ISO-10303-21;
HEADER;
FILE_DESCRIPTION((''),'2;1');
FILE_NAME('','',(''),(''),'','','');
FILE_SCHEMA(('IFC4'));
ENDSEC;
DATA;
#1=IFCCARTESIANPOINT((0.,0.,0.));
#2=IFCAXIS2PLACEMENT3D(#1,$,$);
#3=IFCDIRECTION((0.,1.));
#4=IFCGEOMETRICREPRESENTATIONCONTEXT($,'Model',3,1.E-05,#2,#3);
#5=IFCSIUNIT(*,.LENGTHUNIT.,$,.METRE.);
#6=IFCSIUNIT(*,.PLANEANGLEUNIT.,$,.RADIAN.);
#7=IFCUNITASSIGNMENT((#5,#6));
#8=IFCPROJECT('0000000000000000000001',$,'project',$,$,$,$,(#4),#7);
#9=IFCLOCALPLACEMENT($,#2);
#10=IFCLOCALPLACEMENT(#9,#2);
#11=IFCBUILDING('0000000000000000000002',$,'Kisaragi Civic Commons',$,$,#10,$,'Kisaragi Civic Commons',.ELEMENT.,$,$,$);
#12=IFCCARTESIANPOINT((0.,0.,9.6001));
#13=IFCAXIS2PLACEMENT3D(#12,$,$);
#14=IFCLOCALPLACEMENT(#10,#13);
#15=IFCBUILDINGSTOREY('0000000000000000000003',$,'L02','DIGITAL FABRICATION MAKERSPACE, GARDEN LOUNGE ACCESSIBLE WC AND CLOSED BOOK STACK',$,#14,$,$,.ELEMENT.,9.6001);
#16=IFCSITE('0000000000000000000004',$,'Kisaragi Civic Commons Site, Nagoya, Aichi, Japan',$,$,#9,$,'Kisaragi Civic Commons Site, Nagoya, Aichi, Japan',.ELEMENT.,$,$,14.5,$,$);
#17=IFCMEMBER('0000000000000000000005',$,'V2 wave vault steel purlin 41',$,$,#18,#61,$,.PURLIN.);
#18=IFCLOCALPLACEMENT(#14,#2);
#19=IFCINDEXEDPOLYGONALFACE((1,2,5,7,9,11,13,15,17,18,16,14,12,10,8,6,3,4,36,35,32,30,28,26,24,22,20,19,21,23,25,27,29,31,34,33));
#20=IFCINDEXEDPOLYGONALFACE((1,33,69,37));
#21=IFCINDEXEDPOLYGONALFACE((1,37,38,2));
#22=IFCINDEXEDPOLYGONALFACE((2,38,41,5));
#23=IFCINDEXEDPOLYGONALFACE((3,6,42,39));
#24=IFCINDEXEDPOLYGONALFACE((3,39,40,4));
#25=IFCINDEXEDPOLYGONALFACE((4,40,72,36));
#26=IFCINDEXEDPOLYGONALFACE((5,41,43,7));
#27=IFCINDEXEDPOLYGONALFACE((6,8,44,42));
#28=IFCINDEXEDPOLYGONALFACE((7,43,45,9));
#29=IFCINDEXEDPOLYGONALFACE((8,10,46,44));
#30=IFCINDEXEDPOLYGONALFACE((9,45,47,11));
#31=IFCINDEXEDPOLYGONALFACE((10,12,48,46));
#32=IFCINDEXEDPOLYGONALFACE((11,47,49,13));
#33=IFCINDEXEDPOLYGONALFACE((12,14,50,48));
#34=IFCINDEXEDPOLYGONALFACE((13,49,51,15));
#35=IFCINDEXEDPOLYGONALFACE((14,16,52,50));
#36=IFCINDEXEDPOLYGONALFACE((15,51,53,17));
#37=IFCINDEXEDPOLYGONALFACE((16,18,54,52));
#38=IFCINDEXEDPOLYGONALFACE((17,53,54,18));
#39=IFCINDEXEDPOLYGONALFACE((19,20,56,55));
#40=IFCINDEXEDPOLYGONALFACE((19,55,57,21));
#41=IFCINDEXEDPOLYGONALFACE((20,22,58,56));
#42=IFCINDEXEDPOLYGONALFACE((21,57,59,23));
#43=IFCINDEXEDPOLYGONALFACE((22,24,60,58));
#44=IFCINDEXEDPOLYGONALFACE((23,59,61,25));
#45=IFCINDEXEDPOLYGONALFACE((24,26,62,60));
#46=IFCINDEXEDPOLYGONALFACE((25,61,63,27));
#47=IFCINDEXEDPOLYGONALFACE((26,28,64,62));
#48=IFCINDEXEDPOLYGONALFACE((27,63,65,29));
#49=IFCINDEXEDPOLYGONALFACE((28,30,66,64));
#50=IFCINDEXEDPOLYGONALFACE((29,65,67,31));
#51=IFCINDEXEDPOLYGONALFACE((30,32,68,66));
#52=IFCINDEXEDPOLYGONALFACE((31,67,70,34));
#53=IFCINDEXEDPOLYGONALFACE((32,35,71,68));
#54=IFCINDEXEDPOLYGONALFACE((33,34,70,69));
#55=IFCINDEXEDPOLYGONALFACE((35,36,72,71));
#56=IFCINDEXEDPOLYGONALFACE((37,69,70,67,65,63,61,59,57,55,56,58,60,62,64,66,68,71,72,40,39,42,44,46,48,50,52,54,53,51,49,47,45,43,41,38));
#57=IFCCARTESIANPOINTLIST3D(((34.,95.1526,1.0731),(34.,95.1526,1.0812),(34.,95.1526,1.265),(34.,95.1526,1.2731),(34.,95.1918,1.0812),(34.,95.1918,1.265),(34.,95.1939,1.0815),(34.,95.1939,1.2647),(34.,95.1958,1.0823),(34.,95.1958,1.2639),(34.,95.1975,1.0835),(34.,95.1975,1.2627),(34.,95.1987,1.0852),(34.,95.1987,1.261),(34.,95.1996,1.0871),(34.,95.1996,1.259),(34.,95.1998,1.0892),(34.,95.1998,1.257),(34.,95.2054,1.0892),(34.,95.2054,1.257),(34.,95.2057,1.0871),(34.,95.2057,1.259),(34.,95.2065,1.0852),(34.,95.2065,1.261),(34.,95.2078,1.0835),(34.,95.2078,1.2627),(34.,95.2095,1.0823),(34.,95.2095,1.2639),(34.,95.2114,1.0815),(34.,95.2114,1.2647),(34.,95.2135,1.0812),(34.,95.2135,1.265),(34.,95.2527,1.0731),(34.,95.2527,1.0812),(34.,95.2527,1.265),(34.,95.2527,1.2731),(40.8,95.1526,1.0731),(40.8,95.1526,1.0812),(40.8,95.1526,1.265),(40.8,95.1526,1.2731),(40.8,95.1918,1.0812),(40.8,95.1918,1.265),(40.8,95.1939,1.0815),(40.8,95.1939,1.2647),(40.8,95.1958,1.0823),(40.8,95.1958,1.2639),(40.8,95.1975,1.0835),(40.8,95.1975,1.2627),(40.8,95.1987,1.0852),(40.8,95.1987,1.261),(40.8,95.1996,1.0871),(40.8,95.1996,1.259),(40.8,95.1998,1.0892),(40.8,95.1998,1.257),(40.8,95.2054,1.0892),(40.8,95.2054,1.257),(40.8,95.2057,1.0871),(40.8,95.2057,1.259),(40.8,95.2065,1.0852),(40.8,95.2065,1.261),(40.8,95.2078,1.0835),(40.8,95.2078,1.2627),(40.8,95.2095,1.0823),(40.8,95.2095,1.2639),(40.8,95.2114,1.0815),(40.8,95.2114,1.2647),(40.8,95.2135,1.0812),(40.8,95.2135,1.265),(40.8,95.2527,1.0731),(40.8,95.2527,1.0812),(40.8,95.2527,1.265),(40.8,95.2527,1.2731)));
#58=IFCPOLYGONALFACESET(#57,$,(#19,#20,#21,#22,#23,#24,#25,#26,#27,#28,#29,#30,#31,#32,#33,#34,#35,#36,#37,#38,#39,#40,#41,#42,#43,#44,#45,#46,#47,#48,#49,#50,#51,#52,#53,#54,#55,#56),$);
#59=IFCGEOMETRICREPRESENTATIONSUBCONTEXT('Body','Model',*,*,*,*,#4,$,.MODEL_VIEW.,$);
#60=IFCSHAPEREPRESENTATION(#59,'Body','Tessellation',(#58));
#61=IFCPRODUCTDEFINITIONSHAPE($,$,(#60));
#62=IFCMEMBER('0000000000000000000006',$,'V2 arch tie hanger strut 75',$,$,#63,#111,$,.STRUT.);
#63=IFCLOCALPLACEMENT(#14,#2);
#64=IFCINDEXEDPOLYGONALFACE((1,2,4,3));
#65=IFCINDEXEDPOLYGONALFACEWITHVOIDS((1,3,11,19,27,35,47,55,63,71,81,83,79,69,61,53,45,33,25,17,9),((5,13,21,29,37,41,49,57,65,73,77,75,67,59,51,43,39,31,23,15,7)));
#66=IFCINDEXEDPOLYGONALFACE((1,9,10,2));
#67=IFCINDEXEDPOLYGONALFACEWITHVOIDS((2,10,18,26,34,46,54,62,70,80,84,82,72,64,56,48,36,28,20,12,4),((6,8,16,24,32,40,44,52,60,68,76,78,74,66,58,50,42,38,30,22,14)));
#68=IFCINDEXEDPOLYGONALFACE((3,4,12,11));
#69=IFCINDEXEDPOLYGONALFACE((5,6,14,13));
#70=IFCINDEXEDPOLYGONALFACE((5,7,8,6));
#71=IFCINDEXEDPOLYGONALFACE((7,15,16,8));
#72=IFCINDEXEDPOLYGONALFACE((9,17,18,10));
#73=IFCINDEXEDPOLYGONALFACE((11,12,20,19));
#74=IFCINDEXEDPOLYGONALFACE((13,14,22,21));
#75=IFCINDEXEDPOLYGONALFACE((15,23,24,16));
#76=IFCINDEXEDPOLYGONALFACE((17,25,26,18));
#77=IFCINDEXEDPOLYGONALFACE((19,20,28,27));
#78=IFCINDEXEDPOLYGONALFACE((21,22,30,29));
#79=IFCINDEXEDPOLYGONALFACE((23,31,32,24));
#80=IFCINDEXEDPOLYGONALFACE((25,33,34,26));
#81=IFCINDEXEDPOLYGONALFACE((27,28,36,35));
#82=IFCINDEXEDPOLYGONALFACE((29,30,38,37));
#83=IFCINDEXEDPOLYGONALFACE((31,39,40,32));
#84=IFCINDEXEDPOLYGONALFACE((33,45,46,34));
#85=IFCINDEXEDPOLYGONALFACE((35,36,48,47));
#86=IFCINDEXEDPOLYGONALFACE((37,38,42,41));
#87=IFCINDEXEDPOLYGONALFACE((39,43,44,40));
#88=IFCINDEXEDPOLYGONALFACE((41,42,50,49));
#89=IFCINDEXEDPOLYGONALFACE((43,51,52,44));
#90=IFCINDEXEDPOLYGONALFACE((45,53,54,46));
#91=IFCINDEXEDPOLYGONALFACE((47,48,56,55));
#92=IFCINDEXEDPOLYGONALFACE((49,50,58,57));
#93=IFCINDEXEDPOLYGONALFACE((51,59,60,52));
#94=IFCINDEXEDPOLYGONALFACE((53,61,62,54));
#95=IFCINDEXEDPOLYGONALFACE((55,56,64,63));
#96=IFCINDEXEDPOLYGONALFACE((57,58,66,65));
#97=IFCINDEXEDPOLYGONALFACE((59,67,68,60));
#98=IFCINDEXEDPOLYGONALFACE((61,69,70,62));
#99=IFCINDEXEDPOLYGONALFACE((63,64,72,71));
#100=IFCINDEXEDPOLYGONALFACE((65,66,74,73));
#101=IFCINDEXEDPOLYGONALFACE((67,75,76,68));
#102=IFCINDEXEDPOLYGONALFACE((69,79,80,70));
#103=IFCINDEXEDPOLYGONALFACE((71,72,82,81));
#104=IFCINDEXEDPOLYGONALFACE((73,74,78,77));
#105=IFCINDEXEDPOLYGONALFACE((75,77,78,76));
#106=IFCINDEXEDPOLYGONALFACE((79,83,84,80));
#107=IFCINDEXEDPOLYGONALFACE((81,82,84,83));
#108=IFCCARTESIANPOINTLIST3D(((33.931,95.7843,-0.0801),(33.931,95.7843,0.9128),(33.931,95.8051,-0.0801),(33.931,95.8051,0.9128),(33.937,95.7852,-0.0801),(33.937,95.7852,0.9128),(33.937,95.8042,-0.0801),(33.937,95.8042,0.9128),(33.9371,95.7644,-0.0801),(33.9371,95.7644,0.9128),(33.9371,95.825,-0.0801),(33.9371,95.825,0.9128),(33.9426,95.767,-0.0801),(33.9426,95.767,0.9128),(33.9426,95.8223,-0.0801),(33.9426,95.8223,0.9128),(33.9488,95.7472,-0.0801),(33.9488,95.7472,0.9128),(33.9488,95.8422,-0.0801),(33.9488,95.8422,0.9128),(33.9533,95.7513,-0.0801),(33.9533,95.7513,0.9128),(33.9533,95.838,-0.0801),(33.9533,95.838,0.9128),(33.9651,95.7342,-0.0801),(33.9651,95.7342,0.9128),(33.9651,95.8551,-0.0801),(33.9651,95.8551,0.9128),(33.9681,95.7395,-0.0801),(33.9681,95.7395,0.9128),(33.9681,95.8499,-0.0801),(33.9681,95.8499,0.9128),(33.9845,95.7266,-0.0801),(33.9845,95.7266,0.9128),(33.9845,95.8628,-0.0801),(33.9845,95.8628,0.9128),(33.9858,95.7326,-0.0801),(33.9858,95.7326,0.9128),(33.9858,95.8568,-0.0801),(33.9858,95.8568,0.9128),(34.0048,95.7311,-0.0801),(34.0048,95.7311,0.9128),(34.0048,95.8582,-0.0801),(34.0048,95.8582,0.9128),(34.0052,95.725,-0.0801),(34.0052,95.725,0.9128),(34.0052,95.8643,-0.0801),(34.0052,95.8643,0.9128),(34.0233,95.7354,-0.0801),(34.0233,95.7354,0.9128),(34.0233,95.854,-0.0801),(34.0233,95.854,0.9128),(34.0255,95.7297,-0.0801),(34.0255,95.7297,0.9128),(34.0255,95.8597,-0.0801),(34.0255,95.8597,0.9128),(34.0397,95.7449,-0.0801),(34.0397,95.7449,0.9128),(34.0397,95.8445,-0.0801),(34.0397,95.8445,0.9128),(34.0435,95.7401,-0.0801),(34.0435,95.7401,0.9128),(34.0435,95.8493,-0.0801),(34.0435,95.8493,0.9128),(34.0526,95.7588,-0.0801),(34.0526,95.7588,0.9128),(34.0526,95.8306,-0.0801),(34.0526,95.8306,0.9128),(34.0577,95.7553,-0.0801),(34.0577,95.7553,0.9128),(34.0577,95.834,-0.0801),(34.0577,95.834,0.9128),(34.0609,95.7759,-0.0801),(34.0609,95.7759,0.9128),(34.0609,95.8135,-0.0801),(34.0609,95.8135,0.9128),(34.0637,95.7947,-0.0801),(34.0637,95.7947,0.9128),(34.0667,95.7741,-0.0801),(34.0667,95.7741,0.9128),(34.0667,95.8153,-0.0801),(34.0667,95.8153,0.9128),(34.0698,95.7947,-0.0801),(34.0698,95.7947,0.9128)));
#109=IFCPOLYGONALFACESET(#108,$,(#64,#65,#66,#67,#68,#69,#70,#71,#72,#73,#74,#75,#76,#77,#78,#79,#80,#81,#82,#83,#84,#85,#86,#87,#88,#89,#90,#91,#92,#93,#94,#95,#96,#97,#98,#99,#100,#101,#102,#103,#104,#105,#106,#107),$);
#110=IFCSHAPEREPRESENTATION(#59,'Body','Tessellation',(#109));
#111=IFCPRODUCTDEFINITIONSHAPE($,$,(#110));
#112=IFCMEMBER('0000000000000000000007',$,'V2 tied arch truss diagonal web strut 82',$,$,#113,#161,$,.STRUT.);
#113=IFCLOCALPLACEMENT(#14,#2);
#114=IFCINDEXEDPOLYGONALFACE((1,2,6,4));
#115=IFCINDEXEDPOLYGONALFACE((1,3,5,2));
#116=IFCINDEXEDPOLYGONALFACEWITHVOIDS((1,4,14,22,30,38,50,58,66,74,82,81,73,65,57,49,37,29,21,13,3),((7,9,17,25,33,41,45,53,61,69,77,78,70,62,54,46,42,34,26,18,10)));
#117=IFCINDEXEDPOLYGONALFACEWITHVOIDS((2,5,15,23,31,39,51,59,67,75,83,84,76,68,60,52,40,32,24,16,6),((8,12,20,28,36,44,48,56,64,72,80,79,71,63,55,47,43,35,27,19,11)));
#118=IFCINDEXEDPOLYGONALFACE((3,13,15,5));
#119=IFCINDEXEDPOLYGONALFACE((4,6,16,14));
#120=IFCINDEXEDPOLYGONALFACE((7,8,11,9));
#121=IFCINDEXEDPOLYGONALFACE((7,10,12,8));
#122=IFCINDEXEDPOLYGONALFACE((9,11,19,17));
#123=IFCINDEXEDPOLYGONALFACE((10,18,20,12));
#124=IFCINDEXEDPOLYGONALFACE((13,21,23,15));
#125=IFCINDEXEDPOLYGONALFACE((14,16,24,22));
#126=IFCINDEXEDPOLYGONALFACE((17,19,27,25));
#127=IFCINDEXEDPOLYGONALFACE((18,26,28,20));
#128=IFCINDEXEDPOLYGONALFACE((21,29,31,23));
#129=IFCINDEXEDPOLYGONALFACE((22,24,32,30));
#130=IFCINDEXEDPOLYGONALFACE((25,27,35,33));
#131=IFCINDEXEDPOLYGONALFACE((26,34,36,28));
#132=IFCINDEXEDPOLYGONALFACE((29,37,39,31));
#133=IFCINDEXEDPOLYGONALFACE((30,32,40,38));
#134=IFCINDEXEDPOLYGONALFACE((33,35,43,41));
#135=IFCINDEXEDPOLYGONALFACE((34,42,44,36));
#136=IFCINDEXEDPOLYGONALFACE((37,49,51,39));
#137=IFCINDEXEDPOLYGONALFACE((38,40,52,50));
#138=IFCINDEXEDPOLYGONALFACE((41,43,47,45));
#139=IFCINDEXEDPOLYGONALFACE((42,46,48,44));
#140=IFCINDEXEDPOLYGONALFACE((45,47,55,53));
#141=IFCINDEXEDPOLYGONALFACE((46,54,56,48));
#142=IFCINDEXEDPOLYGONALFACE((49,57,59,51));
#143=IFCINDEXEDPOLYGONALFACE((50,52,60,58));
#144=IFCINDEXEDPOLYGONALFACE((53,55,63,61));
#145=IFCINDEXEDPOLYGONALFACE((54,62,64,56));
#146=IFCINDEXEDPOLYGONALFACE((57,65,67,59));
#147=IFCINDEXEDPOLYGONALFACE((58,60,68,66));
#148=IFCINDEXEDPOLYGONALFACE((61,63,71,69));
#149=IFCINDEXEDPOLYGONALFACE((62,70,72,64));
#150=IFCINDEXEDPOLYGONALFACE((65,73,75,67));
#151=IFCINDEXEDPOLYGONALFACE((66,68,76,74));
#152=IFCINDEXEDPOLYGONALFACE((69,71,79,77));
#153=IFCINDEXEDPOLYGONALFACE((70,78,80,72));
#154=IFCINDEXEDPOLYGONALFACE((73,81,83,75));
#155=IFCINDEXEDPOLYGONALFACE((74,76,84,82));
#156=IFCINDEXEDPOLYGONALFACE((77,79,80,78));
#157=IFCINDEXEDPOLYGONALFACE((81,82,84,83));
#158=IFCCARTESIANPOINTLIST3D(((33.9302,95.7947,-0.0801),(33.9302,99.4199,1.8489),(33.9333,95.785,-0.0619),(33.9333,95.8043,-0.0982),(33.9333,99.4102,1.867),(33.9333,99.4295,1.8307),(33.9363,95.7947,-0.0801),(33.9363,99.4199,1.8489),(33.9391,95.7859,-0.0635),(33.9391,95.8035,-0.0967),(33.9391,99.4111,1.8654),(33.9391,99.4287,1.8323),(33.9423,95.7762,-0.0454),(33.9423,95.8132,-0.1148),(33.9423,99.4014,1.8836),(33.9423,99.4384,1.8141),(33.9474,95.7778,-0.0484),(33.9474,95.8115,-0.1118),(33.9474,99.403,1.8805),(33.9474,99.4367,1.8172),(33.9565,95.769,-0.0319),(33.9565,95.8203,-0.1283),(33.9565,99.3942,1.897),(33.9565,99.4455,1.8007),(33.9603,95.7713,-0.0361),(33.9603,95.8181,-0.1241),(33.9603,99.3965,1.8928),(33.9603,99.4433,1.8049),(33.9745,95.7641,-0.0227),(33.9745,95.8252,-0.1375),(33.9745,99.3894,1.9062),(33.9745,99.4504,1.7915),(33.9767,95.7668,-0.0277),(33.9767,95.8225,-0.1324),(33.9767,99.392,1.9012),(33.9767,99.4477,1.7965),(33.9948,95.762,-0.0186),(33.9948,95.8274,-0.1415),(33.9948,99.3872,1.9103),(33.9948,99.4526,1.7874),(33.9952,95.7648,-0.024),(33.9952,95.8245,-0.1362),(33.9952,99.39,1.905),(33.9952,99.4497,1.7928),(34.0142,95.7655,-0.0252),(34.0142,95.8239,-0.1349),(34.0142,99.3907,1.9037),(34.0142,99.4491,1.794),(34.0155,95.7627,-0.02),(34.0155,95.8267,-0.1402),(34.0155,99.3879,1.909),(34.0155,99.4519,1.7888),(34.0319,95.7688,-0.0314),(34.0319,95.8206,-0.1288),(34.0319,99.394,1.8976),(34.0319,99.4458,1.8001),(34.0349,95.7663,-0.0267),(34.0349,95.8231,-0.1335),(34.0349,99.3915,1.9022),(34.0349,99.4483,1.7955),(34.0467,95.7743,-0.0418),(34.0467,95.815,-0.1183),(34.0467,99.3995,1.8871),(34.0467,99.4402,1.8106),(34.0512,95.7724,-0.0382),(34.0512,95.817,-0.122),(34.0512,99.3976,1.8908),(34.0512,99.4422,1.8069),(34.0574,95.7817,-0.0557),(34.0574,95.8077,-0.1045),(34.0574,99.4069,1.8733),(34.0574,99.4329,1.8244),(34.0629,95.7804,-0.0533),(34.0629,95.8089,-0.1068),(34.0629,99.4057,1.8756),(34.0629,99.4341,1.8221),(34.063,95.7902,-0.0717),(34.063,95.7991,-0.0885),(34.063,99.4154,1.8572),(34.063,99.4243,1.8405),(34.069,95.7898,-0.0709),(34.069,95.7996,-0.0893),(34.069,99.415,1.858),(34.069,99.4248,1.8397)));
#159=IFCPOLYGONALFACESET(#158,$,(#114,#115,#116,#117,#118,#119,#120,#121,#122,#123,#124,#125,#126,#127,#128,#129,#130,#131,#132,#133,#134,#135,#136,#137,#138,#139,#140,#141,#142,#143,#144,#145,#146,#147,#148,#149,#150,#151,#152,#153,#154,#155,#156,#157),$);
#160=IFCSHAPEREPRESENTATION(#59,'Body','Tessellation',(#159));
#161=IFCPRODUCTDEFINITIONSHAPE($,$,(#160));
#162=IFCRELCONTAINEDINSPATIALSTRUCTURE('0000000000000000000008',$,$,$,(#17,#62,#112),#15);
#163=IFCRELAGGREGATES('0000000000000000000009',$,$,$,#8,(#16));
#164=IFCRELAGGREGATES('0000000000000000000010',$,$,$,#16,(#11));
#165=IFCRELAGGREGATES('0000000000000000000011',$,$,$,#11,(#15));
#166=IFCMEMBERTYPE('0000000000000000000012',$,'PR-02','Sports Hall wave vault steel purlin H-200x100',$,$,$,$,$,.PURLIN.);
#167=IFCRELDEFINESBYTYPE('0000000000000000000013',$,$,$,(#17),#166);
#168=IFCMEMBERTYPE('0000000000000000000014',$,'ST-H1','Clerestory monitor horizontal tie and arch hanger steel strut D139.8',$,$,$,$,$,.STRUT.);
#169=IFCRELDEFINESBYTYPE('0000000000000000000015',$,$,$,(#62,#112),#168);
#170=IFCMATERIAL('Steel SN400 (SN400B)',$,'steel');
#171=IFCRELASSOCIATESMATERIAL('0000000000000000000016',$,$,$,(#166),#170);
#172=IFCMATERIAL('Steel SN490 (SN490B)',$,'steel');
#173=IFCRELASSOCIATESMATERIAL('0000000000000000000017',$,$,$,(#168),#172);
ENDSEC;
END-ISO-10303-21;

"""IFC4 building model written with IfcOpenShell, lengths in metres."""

from ifc_helpers import new_model, si_unit, direction, frame, origin, origin_2d, place, context, subcontext, project, spatial, hollow_circle, i_section, extrude, material, material_profile, profile_set, type_object, element, save


model = new_model("IFC4")

# Units and contexts
model_context = context("Model", 3, precision=1e-05, world=origin(), true_north=direction((0.0, 1.0)))
body_context = subcontext(model_context, "Body", "Model", "MODEL_VIEW")
ifc_project = project(units=[si_unit("LENGTHUNIT", "METRE"), si_unit("PLANEANGLEUNIT", "RADIAN")], contexts=[model_context])

# Site, building, storey
site_placement = place(None, origin())
site = spatial("IfcSite", under=ifc_project, at=site_placement, Name="Kisaragi Civic Commons Site, Nagoya, Aichi, Japan", LongName="Kisaragi Civic Commons Site, Nagoya, Aichi, Japan", CompositionType="ELEMENT", RefElevation=14.5)
building_placement = place(site_placement, origin())
building = spatial("IfcBuilding", under=site, at=building_placement, Name="Kisaragi Civic Commons", LongName="Kisaragi Civic Commons", CompositionType="ELEMENT")
storey_placement = place(building_placement, frame((0.0, 0.0, 9.6001)))
storey = spatial("IfcBuildingStorey", under=building, at=storey_placement, Name="L02", Description="DIGITAL FABRICATION MAKERSPACE, GARDEN LOUNGE ACCESSIBLE WC AND CLOSED BOOK STACK", CompositionType="ELEMENT", Elevation=9.6001)

# Members
ifc_material_1 = material(Name="Steel SN490 (SN490B)", Category="steel")
ifc_material_2 = material(Name="Steel SN400 (SN400B)", Category="steel")
ifc_material_profile_1 = material_profile(ifc_material_2, i_section(OverallWidth=0.1001, OverallDepth=0.2, WebThickness=0.0056, FlangeThickness=0.0081, FilletRadius=0.0081, at=origin_2d()), Name="H-200x100x5.5x8", Category="steel")
ifc_profile_set_1 = profile_set([ifc_material_profile_1], Name="Steel SN400 (SN400B)")
member_type_1 = type_object("IfcMemberType", Name="PR-02", Description="Sports Hall wave vault steel purlin H-200x100", PredefinedType="PURLIN", material=ifc_profile_set_1)
member_1_placement = place(storey_placement, frame((34.0, 95.2026, 1.1731), z_axis=(1.0, 0.0, 0.0), x_axis=(0.0, 1.0, 0.0)))
element("IfcMember", 1, at=member_1_placement, inside=storey, type_object=member_type_1, Name="V2 wave vault steel purlin 41", PredefinedType="PURLIN", context=body_context, shape_type="SweptSolid", body=[
    extrude(i_section(OverallWidth=0.1001, OverallDepth=0.2, WebThickness=0.0056, FlangeThickness=0.0081, FilletRadius=0.0081, at=origin_2d()), origin(), (0.0, 0.0, 1.0), 6.8),
])
ifc_material_profile_2 = material_profile(ifc_material_1, hollow_circle(Radius=0.0698, WallThickness=0.0061, at=origin_2d()), Name="CHS-139.8x6.0", Category="steel")
ifc_profile_set_2 = profile_set([ifc_material_profile_2], Name="Steel SN490 (SN490B)")
member_type_2 = type_object("IfcMemberType", Name="ST-H1", Description="Clerestory monitor horizontal tie and arch hanger steel strut D139.8", PredefinedType="STRUT", material=ifc_profile_set_2)
member_2_placement = place(storey_placement, frame((34.0, 95.7947, -0.0801), z_axis=(0.0, 0.0, 1.0), x_axis=(1.0, 0.0, 0.0)))
element("IfcMember", 2, at=member_2_placement, inside=storey, type_object=member_type_2, Name="V2 arch tie hanger strut 75", PredefinedType="STRUT", context=body_context, shape_type="SweptSolid", body=[
    extrude(hollow_circle(Radius=0.0698, WallThickness=0.0061, at=origin_2d()), origin(), (0.0, 0.0, 1.0), 0.9929),
])
member_3_placement = place(storey_placement, frame((34.0, 95.7947, -0.0801), z_axis=(0.0, 0.882808, 0.469733), x_axis=(-1.0, 0.0, 0.0)))
element("IfcMember", 3, at=member_3_placement, inside=storey, type_object=member_type_2, Name="V2 tied arch truss diagonal web strut 82", PredefinedType="STRUT", context=body_context, shape_type="SweptSolid", body=[
    extrude(hollow_circle(Radius=0.0698, WallThickness=0.0061, at=origin_2d()), origin(), (0.0, 0.0, 1.0), 4.1064),
])

save(model, "model.ifc")
